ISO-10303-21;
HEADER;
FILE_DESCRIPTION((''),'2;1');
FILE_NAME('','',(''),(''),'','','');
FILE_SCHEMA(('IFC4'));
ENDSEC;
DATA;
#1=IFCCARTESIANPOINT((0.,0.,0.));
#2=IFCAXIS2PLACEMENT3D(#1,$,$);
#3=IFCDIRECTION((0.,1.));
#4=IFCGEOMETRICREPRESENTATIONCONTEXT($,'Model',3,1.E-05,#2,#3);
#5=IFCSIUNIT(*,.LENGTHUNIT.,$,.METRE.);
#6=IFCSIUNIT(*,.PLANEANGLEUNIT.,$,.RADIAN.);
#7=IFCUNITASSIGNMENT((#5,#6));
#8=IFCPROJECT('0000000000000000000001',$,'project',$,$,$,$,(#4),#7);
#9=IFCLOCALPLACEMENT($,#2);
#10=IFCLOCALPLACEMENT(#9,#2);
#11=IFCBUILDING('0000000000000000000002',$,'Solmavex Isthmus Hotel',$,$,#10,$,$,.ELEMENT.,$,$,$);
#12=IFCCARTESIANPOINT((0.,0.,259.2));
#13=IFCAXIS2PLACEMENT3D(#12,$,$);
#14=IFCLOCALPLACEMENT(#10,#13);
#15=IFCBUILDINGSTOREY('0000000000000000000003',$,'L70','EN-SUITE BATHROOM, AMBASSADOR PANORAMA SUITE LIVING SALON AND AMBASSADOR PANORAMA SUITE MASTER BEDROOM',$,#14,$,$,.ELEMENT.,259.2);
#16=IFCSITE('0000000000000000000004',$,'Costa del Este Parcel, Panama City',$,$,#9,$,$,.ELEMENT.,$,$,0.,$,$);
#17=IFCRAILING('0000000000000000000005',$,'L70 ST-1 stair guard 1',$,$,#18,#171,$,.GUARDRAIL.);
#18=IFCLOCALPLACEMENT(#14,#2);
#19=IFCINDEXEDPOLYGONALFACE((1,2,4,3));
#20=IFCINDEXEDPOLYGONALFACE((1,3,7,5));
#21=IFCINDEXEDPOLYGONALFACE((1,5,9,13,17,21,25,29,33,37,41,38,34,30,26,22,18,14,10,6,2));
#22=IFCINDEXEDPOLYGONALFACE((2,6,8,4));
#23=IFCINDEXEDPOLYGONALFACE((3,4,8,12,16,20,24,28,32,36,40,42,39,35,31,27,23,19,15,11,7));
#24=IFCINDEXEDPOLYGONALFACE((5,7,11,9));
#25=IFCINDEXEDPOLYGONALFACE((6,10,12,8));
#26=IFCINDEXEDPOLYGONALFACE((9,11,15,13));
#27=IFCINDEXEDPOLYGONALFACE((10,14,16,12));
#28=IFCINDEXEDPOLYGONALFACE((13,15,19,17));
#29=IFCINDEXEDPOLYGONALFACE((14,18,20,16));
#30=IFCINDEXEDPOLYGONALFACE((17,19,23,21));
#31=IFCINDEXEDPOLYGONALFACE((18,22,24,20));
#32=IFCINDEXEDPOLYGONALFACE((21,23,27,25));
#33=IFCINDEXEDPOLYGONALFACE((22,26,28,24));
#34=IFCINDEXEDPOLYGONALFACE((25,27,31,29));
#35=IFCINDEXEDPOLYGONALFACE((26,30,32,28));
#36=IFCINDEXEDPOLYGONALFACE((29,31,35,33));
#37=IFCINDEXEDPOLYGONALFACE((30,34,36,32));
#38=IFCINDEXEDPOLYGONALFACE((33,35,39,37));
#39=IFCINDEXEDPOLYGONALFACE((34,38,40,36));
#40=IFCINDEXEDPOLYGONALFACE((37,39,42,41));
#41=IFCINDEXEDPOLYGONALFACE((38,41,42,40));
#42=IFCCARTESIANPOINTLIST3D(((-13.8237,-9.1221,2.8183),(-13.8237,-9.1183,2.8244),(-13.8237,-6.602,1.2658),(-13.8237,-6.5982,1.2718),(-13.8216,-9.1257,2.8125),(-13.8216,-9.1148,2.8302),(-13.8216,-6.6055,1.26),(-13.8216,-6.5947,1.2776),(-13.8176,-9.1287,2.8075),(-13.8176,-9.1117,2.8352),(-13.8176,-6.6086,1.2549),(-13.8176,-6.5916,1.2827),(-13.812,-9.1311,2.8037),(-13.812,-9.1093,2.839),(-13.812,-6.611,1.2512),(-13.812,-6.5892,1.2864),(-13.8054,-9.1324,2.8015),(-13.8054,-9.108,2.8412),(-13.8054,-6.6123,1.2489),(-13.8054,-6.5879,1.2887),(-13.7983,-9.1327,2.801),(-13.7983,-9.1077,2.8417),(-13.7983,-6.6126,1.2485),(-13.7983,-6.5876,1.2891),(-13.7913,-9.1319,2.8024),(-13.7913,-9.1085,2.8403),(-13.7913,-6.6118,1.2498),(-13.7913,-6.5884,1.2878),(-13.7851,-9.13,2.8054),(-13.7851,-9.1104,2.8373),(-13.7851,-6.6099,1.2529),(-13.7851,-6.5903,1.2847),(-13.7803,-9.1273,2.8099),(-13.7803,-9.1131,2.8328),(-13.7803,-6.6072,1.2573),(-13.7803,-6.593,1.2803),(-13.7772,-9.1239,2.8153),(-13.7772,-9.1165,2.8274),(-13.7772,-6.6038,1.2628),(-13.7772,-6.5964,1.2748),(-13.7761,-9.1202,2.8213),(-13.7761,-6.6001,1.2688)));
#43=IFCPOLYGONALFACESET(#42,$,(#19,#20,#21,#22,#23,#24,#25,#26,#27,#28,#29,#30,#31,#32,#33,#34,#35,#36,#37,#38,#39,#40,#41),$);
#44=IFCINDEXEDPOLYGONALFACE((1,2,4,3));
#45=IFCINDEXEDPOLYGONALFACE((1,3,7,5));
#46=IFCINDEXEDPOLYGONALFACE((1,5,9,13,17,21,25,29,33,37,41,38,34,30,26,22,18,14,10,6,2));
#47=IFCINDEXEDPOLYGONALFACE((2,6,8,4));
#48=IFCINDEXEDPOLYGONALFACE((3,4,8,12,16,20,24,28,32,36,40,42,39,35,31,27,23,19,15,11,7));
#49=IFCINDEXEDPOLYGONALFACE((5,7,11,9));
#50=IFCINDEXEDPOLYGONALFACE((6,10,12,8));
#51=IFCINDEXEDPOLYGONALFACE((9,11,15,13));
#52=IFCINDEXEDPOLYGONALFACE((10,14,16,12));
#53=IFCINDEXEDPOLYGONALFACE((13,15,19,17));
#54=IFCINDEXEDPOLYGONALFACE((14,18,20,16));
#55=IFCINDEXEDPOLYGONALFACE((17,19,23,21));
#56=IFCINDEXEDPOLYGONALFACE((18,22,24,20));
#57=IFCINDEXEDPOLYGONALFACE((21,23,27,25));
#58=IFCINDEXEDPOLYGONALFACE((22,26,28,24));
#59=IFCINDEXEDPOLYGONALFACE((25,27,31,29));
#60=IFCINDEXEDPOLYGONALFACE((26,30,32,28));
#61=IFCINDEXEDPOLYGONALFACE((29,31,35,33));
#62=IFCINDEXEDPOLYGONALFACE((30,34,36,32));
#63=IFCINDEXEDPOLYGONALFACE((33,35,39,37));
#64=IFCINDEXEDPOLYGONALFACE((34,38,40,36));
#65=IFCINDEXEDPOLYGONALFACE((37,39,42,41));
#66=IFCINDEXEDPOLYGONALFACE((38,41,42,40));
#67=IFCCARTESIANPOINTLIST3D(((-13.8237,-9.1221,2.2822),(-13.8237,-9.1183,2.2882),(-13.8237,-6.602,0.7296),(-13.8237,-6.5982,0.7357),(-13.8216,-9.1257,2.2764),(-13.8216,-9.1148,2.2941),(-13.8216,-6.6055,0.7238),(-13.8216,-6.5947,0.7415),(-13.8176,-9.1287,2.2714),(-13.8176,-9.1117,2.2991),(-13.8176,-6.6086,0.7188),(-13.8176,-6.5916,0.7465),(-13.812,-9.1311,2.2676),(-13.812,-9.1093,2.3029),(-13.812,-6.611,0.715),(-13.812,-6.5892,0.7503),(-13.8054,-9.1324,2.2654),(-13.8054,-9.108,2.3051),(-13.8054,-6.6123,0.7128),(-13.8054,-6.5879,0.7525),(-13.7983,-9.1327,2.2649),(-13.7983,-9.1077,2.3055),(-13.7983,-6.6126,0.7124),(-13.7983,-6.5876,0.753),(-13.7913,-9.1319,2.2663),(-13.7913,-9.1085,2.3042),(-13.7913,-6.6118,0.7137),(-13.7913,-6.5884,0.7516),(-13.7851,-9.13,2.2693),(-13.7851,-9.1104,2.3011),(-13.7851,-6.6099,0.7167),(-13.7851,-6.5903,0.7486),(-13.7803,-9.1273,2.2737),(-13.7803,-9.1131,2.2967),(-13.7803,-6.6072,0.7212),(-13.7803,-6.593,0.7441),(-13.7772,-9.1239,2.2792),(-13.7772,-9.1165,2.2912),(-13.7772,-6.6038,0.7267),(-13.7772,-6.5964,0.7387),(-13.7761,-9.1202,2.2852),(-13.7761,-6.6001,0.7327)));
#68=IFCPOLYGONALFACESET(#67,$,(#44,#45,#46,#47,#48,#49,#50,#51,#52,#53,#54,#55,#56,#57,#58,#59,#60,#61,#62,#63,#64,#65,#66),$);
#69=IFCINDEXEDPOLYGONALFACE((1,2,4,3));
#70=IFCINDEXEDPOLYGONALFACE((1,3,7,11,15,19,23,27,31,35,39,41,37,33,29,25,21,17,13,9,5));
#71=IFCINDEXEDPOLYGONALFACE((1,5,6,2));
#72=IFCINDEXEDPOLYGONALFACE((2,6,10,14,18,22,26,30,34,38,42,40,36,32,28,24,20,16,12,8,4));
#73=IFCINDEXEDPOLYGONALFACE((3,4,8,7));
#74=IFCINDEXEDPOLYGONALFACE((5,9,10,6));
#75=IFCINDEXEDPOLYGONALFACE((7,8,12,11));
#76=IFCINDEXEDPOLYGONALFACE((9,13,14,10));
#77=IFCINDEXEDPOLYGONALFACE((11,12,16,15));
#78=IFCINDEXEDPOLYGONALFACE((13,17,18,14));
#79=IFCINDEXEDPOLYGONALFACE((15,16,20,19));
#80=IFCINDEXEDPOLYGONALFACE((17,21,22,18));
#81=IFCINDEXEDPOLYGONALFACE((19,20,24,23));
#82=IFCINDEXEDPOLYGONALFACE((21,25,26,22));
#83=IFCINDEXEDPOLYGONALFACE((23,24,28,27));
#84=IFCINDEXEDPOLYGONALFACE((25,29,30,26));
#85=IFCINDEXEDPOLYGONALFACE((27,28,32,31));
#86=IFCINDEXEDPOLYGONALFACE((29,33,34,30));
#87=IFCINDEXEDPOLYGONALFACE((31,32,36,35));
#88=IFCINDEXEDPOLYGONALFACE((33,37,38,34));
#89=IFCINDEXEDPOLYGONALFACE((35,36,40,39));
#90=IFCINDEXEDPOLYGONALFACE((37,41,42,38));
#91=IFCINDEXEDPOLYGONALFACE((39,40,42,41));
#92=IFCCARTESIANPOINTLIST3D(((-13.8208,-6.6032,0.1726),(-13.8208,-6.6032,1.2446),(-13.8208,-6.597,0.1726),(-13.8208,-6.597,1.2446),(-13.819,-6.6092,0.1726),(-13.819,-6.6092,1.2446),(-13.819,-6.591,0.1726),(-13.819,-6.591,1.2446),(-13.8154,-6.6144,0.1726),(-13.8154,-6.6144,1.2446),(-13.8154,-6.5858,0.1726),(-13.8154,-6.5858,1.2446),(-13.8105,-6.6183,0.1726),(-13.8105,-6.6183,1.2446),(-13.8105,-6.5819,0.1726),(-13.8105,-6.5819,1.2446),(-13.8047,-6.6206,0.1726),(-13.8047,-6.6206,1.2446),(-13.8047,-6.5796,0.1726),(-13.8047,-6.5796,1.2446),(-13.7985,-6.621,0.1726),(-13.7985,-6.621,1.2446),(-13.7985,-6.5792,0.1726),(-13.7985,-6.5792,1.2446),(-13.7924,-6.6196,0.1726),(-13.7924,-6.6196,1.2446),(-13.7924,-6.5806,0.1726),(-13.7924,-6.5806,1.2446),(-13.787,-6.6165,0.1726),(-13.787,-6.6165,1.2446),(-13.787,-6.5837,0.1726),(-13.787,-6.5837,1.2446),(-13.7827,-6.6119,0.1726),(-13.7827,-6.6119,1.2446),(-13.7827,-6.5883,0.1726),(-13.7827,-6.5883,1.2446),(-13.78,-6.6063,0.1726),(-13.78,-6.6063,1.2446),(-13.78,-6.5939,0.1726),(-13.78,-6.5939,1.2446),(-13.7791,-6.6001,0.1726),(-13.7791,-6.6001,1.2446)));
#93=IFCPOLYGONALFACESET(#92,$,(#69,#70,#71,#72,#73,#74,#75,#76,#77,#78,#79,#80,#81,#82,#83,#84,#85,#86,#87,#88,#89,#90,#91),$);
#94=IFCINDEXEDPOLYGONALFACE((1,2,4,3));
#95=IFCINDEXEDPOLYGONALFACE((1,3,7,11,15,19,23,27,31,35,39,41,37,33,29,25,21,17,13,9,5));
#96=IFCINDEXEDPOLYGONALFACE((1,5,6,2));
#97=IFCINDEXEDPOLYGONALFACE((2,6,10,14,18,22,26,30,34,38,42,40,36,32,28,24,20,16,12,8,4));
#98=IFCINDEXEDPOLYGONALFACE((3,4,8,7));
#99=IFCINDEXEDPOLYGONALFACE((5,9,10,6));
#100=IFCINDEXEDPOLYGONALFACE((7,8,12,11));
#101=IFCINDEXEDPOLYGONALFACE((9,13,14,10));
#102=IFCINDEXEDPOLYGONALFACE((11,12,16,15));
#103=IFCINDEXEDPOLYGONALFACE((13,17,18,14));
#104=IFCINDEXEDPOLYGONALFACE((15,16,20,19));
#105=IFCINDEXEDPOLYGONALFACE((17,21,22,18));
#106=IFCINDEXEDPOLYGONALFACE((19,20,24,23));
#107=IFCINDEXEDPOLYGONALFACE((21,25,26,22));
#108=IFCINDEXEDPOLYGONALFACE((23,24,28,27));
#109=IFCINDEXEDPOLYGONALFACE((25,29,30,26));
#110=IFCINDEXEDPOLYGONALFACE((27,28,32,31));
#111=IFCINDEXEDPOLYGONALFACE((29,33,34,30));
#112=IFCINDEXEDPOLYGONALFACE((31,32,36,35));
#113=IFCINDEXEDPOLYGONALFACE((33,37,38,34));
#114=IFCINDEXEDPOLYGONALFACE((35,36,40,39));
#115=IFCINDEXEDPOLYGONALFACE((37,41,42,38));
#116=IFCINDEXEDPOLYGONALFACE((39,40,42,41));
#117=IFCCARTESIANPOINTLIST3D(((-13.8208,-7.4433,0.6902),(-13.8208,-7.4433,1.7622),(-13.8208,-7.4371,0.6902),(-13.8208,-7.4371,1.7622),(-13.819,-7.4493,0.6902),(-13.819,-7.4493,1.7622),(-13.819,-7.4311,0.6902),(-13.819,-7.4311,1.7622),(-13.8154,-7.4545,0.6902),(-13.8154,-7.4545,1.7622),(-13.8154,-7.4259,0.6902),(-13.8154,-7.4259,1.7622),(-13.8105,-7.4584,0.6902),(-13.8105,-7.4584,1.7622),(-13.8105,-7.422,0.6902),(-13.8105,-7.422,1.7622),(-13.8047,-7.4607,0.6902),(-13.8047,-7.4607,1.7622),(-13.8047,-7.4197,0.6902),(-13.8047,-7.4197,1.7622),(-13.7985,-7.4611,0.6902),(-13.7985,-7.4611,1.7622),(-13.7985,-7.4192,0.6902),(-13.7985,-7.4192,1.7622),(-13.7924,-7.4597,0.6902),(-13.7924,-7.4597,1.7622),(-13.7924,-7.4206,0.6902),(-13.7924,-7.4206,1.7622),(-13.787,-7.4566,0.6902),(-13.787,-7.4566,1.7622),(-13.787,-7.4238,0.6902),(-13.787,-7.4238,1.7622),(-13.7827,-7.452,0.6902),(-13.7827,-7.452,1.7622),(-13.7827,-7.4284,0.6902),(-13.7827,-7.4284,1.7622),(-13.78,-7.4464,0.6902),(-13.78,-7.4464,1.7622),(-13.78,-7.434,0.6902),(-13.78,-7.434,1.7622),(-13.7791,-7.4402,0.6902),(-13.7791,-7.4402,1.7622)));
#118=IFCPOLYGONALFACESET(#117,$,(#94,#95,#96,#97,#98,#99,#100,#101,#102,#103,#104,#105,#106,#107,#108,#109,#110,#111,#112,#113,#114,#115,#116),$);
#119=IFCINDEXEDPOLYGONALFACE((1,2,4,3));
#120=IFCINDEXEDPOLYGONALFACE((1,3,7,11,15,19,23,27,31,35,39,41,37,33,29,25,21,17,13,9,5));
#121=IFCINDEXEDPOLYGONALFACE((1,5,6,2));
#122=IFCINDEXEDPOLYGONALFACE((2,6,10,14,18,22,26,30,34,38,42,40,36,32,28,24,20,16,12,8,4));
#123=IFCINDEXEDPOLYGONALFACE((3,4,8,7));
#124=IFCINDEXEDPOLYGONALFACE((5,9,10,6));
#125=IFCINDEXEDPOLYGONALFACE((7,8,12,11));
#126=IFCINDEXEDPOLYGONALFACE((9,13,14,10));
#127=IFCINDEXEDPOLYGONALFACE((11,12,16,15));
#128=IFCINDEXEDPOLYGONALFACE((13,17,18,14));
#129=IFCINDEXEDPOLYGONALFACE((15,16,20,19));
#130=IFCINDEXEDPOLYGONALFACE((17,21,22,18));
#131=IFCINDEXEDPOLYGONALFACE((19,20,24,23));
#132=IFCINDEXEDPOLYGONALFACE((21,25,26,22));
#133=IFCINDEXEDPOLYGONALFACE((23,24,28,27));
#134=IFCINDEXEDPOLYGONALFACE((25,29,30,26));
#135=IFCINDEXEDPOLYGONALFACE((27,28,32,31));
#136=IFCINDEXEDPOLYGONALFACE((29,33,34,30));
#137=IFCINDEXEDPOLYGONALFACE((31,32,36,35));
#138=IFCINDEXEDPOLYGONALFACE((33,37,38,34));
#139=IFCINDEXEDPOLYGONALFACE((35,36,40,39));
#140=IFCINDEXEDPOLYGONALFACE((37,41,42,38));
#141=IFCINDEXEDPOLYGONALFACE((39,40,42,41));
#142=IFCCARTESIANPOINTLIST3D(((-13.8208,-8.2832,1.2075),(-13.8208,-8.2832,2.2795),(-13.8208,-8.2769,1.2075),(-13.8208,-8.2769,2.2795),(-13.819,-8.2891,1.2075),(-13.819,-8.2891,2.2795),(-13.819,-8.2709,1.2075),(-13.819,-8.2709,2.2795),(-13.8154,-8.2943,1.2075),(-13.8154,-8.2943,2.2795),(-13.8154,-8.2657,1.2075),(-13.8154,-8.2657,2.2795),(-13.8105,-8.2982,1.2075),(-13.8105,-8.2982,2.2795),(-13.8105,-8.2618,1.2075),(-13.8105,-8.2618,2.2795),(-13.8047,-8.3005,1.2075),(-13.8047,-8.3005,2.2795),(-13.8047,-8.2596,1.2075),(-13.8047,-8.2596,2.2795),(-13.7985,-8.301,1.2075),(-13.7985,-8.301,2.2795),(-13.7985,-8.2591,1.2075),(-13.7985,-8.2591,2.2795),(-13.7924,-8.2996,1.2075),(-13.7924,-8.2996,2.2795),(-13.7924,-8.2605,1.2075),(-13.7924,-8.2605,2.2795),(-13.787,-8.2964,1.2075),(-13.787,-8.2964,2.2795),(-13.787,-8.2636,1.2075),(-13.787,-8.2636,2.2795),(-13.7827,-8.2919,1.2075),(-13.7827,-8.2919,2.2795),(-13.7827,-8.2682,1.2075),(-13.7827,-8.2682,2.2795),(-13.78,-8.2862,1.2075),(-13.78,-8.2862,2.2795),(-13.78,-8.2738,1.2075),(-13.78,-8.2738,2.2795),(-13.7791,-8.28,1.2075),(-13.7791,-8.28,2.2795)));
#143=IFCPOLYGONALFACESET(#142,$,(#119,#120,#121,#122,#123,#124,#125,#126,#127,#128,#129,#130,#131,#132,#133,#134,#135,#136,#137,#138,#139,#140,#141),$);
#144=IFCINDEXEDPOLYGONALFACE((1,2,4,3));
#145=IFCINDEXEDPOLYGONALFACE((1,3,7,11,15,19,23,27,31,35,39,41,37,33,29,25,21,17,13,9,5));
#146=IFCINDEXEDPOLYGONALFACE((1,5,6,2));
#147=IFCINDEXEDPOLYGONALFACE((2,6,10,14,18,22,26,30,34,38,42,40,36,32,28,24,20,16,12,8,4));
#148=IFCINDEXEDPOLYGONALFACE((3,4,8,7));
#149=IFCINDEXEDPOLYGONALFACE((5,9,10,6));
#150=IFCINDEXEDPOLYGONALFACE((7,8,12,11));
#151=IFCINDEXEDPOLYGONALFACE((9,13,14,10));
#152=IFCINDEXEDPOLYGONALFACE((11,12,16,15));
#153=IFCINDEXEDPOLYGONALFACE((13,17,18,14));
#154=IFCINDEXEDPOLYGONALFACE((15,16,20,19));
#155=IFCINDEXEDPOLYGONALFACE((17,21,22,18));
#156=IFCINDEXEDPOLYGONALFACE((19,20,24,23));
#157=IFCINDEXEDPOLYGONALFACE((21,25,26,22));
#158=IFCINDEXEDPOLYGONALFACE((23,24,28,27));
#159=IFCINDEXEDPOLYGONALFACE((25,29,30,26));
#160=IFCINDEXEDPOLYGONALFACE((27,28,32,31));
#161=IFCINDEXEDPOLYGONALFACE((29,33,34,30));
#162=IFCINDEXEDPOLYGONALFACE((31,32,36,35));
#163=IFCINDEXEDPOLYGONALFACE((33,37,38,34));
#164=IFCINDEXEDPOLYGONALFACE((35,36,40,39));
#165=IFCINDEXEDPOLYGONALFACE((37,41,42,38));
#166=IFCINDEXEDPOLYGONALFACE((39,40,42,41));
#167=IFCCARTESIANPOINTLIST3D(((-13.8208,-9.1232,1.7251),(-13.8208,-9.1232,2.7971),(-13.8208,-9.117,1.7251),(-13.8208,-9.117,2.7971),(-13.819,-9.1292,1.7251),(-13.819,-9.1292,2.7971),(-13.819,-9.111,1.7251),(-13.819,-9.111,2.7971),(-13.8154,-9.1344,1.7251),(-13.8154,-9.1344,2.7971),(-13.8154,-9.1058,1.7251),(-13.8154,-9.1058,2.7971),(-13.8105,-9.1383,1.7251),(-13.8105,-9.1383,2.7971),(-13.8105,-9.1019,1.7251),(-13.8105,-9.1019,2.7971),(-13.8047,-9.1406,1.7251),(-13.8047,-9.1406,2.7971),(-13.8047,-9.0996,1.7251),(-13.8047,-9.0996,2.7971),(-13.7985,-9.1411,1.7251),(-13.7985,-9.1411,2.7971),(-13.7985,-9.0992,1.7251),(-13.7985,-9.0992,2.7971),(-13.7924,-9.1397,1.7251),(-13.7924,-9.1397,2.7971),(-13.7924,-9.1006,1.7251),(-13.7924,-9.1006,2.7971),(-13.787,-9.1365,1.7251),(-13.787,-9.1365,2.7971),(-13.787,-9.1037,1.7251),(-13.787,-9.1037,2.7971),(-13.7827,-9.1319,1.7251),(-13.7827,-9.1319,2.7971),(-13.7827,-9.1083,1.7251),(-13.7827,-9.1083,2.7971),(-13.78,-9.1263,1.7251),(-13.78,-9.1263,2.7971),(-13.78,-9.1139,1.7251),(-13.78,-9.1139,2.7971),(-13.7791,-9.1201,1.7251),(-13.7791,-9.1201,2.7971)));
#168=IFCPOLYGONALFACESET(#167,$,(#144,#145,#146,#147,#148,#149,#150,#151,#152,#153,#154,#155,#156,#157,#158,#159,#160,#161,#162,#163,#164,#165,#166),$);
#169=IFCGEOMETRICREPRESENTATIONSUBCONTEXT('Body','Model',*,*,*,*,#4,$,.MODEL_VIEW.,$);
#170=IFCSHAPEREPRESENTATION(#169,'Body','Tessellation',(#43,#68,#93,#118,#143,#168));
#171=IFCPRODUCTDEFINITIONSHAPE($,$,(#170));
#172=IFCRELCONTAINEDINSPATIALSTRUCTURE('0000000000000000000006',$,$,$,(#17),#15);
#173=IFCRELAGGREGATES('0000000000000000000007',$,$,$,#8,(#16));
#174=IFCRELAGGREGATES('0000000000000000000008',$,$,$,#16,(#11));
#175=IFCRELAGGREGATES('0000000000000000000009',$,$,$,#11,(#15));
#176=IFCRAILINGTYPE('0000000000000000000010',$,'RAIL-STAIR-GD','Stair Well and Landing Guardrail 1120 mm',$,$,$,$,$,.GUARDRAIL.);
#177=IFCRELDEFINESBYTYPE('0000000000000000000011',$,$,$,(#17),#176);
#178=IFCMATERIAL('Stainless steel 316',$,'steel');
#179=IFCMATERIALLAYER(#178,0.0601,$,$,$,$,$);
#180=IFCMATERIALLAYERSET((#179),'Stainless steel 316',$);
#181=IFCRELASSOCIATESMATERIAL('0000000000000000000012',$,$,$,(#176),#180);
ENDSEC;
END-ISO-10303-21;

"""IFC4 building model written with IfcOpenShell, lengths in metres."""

from ifc_helpers import new_model, si_unit, direction, frame, origin, origin_2d, place, context, subcontext, project, spatial, circle, extrude, material, layer, layer_set, type_object, element, save


model = new_model("IFC4")

# Units and contexts
model_context = context("Model", 3, precision=1e-05, world=origin(), true_north=direction((0.0, 1.0)))
body_context = subcontext(model_context, "Body", "Model", "MODEL_VIEW")
ifc_project = project(units=[si_unit("LENGTHUNIT", "METRE"), si_unit("PLANEANGLEUNIT", "RADIAN")], contexts=[model_context])

# Site, building, storey
site_placement = place(None, origin())
site = spatial("IfcSite", under=ifc_project, at=site_placement, Name="Costa del Este Parcel, Panama City", CompositionType="ELEMENT", RefElevation=0.0)
building_placement = place(site_placement, origin())
building = spatial("IfcBuilding", under=site, at=building_placement, Name="Solmavex Isthmus Hotel", CompositionType="ELEMENT")
storey_placement = place(building_placement, frame((0.0, 0.0, 259.2)))
storey = spatial("IfcBuildingStorey", under=building, at=storey_placement, Name="L70", Description="EN-SUITE BATHROOM, AMBASSADOR PANORAMA SUITE LIVING SALON AND AMBASSADOR PANORAMA SUITE MASTER BEDROOM", CompositionType="ELEMENT", Elevation=259.2)

# Railing
ifc_material_1 = material(Name="Stainless steel 316", Category="steel")
ifc_layer_1 = layer(ifc_material_1, 0.0601)
ifc_layer_set_1 = layer_set([ifc_layer_1], Name="Stainless steel 316")
railing_type_1 = type_object("IfcRailingType", Name="RAIL-STAIR-GD", Description="Stair Well and Landing Guardrail 1120 mm", PredefinedType="GUARDRAIL", material=ifc_layer_set_1)
railing_1_placement = place(storey_placement, frame((-13.8, -6.6001, 0.1726)))
element("IfcRailing", 1, at=railing_1_placement, inside=storey, type_object=railing_type_1, Name="L70 ST-1 stair guard 1", PredefinedType="GUARDRAIL", context=body_context, shape_type="SweptSolid", body=[
    extrude(circle(Radius=0.0239, at=origin_2d()), frame((0.0, 0.0, 1.0962), z_axis=(0.0, -0.8514, 0.524516), x_axis=(1.0, 0.0, 0.0)), (0.0, 0.0, 1.0), 2.96),
    extrude(circle(Radius=0.0239, at=origin_2d()), frame((0.0, 0.0, 0.5601), z_axis=(0.0, -0.8514, 0.524516), x_axis=(1.0, 0.0, 0.0)), (0.0, 0.0, 1.0), 2.96),
    extrude(circle(Radius=0.021, at=origin_2d()), origin(), (0.0, 0.0, 1.0), 1.072),
    extrude(circle(Radius=0.021, at=origin_2d()), frame((0.0, -0.8401, 0.5176)), (0.0, 0.0, 1.0), 1.072),
    extrude(circle(Radius=0.021, at=origin_2d()), frame((0.0, -1.6799, 1.0349)), (0.0, 0.0, 1.0), 1.072),
    extrude(circle(Radius=0.021, at=origin_2d()), frame((0.0, -2.52, 1.5525)), (0.0, 0.0, 1.0), 1.072),
])

save(model, "model.ifc")
